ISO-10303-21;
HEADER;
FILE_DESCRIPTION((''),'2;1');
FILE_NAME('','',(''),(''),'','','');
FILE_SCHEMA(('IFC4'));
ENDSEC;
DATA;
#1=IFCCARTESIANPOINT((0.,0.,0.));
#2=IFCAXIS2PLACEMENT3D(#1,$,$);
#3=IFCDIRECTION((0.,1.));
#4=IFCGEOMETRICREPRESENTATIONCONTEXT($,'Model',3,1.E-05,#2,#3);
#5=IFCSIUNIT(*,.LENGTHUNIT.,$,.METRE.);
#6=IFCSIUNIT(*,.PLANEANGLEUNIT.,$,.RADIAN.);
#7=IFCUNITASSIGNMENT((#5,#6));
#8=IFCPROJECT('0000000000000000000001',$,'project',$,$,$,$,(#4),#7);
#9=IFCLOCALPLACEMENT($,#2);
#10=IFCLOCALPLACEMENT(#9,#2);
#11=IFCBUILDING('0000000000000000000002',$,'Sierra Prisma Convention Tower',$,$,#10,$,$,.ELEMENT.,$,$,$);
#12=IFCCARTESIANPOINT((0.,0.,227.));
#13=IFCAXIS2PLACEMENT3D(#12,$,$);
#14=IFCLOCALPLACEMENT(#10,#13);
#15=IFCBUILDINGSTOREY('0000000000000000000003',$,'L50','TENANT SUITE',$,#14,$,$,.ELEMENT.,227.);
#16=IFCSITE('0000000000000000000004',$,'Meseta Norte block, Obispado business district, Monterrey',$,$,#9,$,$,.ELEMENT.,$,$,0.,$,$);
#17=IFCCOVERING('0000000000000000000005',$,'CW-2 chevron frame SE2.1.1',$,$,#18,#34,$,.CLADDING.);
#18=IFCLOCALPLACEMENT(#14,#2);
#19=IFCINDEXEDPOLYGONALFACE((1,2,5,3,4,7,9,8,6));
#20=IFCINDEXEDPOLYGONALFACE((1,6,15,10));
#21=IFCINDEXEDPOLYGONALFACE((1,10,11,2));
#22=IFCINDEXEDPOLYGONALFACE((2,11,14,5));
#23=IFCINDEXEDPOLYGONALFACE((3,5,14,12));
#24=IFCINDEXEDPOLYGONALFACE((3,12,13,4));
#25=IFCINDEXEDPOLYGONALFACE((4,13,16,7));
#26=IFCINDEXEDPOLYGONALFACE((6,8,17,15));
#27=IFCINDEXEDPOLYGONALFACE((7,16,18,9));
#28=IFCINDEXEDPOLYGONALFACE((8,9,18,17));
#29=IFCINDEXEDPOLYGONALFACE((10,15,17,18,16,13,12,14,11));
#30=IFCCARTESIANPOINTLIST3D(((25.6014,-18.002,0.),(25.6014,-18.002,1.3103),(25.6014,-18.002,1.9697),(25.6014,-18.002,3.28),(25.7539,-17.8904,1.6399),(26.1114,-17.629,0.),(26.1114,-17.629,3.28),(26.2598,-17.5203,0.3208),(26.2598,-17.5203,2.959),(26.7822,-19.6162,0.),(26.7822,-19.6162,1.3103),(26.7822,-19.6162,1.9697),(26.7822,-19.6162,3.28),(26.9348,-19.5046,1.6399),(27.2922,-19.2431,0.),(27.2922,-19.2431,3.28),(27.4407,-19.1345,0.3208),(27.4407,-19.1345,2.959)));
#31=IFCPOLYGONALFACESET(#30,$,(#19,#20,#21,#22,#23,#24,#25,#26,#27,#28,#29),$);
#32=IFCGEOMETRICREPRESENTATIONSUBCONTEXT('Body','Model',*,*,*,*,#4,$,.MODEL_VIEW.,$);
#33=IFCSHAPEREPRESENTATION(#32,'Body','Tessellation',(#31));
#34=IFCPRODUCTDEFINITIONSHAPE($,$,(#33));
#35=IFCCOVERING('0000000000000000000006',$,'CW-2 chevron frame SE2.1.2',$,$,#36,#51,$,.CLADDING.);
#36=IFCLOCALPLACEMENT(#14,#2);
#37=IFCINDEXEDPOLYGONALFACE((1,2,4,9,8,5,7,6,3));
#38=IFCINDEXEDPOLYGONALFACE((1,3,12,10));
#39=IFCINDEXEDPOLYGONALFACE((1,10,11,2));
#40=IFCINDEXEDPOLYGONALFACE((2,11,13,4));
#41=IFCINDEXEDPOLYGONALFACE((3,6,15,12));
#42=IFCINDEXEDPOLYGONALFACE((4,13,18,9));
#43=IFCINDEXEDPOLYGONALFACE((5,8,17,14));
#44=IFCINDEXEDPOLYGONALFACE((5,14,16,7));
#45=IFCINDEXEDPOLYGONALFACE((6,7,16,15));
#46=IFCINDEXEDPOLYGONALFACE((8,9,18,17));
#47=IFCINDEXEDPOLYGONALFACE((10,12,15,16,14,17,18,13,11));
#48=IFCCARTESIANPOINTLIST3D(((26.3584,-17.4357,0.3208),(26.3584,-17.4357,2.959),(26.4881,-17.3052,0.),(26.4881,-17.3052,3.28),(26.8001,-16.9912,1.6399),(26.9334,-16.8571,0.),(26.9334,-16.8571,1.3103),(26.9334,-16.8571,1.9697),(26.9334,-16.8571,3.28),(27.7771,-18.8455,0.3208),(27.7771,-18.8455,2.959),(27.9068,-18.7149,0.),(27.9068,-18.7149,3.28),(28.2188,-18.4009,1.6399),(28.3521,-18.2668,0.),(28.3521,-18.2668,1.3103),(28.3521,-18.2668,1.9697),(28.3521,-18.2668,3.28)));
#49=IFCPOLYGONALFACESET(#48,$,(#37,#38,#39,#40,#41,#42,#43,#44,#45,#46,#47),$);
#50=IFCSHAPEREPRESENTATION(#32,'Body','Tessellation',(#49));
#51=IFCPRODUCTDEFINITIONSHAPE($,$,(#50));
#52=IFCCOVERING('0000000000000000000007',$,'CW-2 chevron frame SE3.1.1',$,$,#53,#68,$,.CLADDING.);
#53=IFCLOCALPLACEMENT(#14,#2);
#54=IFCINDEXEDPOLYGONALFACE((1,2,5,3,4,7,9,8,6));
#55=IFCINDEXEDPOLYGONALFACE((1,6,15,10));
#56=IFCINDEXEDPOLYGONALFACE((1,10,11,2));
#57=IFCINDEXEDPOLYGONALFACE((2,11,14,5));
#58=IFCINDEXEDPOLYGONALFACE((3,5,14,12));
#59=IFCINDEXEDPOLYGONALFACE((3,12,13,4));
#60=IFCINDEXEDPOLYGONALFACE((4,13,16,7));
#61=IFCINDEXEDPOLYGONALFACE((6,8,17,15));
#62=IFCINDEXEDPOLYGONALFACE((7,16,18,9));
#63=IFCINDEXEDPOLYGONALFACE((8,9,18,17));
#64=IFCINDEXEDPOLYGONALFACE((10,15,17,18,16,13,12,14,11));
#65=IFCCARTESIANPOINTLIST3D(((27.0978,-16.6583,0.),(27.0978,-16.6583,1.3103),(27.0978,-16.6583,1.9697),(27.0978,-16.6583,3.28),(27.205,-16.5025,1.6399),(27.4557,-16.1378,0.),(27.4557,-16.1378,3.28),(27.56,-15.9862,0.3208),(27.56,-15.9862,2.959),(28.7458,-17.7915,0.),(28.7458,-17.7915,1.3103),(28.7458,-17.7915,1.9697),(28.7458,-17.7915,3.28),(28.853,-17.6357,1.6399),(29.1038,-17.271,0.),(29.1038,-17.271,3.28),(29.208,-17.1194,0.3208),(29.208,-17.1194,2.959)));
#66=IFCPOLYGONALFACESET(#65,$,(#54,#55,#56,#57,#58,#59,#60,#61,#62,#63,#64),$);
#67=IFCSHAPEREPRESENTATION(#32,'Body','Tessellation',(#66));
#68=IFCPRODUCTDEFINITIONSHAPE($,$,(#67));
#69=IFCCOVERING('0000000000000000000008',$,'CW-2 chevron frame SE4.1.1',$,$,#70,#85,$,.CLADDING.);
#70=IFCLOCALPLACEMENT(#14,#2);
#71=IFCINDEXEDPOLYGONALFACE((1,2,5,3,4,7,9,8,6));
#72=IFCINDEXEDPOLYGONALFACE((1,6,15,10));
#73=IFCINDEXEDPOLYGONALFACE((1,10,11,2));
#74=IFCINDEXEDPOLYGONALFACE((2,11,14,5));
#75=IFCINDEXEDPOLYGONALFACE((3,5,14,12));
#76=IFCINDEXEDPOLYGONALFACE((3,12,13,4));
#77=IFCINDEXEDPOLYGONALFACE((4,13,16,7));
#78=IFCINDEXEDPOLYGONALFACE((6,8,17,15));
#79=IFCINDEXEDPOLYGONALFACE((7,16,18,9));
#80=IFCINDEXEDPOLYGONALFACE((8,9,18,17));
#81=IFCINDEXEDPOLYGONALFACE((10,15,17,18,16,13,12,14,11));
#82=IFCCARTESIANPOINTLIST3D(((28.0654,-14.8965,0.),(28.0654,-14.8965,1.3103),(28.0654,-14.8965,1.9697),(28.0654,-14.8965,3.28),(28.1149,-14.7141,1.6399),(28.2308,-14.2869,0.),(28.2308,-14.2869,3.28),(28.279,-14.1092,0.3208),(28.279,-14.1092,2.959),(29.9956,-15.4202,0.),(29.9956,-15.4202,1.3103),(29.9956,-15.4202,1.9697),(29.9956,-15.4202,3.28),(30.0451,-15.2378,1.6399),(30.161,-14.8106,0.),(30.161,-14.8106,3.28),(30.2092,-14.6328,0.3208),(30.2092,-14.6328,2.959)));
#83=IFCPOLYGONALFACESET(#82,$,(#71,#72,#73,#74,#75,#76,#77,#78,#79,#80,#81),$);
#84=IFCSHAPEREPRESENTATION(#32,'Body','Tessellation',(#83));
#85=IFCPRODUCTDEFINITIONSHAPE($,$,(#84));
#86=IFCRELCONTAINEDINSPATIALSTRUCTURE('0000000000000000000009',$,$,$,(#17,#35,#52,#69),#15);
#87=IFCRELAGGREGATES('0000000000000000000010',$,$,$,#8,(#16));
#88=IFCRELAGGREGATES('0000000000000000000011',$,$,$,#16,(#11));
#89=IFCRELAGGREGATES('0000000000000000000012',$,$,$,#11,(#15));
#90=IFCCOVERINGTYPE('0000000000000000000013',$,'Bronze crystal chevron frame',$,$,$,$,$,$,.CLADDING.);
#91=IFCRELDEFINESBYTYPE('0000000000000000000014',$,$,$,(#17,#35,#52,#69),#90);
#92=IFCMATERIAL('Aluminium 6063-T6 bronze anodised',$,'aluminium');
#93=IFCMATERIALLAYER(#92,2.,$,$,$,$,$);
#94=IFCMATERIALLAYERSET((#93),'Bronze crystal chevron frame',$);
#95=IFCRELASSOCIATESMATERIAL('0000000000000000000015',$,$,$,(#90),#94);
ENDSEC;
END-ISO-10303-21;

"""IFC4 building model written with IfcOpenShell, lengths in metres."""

from ifc_helpers import new_model, si_unit, direction, frame, origin, place, context, subcontext, project, spatial, polyline, outline, extrude, material, layer, layer_set, type_object, element, save


model = new_model("IFC4")

# Units and contexts
model_context = context("Model", 3, precision=1e-05, world=origin(), true_north=direction((0.0, 1.0)))
body_context = subcontext(model_context, "Body", "Model", "MODEL_VIEW")
ifc_project = project(units=[si_unit("LENGTHUNIT", "METRE"), si_unit("PLANEANGLEUNIT", "RADIAN")], contexts=[model_context])

# Site, building, storey
site_placement = place(None, origin())
site = spatial("IfcSite", under=ifc_project, at=site_placement, Name="Meseta Norte block, Obispado business district, Monterrey", CompositionType="ELEMENT", RefElevation=0.0)
building_placement = place(site_placement, origin())
building = spatial("IfcBuilding", under=site, at=building_placement, Name="Sierra Prisma Convention Tower", CompositionType="ELEMENT")
storey_placement = place(building_placement, frame((0.0, 0.0, 227.0)))
storey = spatial("IfcBuildingStorey", under=building, at=storey_placement, Name="L50", Description="TENANT SUITE", CompositionType="ELEMENT", Elevation=227.0)

# Coverings
ifc_material_1 = material(Name="Aluminium 6063-T6 bronze anodised", Category="aluminium")
ifc_layer_1 = layer(ifc_material_1, 2.0)
ifc_layer_set_1 = layer_set([ifc_layer_1], Name="Bronze crystal chevron frame")
covering_type = type_object("IfcCoveringType", Name="Bronze crystal chevron frame", PredefinedType="CLADDING", material=ifc_layer_set_1)
covering_1_placement = place(storey_placement, frame((26.7822, -19.6162, 0.0), z_axis=(0.590429, -0.807089, 0.0), x_axis=(0.807089, 0.590429, 0.0)))
element("IfcCovering", 1, at=covering_1_placement, inside=storey, type_object=covering_type, Name="CW-2 chevron frame SE2.1.1", PredefinedType="CLADDING", context=body_context, shape_type="SweptSolid", body=[
    extrude(outline(polyline([(0.0, 0.0), (0.6319, 0.0), (0.8158, 0.3208), (0.8158, 2.959), (0.6319, 3.28), (0.0, 3.28), (0.0, 1.9697), (0.189, 1.6399), (0.0, 1.3103), (0.0, 0.0)])), origin(), (0.0, 0.0, -1.0), 2.0),
])
covering_2_placement = place(storey_placement, frame((27.7771, -18.8455, 0.3208), z_axis=(0.709346, -0.70486, 0.0), x_axis=(0.350734, 0.352966, -0.86741)))
element("IfcCovering", 2, at=covering_2_placement, inside=storey, type_object=covering_type, Name="CW-2 chevron frame SE2.1.2", PredefinedType="CLADDING", context=body_context, shape_type="SweptSolid", body=[
    extrude(outline(polyline([(0.0, 0.0), (0.3698, 0.0), (0.6842, 0.5479), (-0.4524, 1.1999), (-0.8324, 1.1999), (-1.0244, 1.528), (-2.161, 2.18), (-2.4753, 1.6321), (-2.2884, 1.3127), (0.0, 0.0)])), origin(), (0.0, 0.0, -1.0), 2.0),
])
covering_3_placement = place(storey_placement, frame((28.7458, -17.7915, 0.0), z_axis=(0.824003, -0.566586, 0.0), x_axis=(0.566586, 0.824003, 0.0)))
element("IfcCovering", 3, at=covering_3_placement, inside=storey, type_object=covering_type, Name="CW-2 chevron frame SE3.1.1", PredefinedType="CLADDING", context=body_context, shape_type="SweptSolid", body=[
    extrude(outline(polyline([(0.0, 0.0), (0.6317, 0.0), (0.8157, 0.3208), (0.8157, 2.959), (0.6317, 3.28), (0.0, 3.28), (0.0, 1.9697), (0.1891, 1.6399), (0.0, 1.3103), (0.0, 0.0)])), origin(), (0.0, 0.0, -1.0), 2.0),
])
covering_4_placement = place(storey_placement, frame((29.9956, -15.4202, 0.0), z_axis=(0.965115, -0.261828, 0.0), x_axis=(0.261828, 0.965115, 0.0)))
element("IfcCovering", 4, at=covering_4_placement, inside=storey, type_object=covering_type, Name="CW-2 chevron frame SE4.1.1", PredefinedType="CLADDING", context=body_context, shape_type="SweptSolid", body=[
    extrude(outline(polyline([(0.0, 0.0), (0.6316, 0.0), (0.8158, 0.3208), (0.8158, 2.959), (0.6316, 3.28), (0.0, 3.28), (0.0, 1.9697), (0.189, 1.6399), (0.0, 1.3103), (0.0, 0.0)])), origin(), (0.0, 0.0, -1.0), 2.0),
])

save(model, "model.ifc")
